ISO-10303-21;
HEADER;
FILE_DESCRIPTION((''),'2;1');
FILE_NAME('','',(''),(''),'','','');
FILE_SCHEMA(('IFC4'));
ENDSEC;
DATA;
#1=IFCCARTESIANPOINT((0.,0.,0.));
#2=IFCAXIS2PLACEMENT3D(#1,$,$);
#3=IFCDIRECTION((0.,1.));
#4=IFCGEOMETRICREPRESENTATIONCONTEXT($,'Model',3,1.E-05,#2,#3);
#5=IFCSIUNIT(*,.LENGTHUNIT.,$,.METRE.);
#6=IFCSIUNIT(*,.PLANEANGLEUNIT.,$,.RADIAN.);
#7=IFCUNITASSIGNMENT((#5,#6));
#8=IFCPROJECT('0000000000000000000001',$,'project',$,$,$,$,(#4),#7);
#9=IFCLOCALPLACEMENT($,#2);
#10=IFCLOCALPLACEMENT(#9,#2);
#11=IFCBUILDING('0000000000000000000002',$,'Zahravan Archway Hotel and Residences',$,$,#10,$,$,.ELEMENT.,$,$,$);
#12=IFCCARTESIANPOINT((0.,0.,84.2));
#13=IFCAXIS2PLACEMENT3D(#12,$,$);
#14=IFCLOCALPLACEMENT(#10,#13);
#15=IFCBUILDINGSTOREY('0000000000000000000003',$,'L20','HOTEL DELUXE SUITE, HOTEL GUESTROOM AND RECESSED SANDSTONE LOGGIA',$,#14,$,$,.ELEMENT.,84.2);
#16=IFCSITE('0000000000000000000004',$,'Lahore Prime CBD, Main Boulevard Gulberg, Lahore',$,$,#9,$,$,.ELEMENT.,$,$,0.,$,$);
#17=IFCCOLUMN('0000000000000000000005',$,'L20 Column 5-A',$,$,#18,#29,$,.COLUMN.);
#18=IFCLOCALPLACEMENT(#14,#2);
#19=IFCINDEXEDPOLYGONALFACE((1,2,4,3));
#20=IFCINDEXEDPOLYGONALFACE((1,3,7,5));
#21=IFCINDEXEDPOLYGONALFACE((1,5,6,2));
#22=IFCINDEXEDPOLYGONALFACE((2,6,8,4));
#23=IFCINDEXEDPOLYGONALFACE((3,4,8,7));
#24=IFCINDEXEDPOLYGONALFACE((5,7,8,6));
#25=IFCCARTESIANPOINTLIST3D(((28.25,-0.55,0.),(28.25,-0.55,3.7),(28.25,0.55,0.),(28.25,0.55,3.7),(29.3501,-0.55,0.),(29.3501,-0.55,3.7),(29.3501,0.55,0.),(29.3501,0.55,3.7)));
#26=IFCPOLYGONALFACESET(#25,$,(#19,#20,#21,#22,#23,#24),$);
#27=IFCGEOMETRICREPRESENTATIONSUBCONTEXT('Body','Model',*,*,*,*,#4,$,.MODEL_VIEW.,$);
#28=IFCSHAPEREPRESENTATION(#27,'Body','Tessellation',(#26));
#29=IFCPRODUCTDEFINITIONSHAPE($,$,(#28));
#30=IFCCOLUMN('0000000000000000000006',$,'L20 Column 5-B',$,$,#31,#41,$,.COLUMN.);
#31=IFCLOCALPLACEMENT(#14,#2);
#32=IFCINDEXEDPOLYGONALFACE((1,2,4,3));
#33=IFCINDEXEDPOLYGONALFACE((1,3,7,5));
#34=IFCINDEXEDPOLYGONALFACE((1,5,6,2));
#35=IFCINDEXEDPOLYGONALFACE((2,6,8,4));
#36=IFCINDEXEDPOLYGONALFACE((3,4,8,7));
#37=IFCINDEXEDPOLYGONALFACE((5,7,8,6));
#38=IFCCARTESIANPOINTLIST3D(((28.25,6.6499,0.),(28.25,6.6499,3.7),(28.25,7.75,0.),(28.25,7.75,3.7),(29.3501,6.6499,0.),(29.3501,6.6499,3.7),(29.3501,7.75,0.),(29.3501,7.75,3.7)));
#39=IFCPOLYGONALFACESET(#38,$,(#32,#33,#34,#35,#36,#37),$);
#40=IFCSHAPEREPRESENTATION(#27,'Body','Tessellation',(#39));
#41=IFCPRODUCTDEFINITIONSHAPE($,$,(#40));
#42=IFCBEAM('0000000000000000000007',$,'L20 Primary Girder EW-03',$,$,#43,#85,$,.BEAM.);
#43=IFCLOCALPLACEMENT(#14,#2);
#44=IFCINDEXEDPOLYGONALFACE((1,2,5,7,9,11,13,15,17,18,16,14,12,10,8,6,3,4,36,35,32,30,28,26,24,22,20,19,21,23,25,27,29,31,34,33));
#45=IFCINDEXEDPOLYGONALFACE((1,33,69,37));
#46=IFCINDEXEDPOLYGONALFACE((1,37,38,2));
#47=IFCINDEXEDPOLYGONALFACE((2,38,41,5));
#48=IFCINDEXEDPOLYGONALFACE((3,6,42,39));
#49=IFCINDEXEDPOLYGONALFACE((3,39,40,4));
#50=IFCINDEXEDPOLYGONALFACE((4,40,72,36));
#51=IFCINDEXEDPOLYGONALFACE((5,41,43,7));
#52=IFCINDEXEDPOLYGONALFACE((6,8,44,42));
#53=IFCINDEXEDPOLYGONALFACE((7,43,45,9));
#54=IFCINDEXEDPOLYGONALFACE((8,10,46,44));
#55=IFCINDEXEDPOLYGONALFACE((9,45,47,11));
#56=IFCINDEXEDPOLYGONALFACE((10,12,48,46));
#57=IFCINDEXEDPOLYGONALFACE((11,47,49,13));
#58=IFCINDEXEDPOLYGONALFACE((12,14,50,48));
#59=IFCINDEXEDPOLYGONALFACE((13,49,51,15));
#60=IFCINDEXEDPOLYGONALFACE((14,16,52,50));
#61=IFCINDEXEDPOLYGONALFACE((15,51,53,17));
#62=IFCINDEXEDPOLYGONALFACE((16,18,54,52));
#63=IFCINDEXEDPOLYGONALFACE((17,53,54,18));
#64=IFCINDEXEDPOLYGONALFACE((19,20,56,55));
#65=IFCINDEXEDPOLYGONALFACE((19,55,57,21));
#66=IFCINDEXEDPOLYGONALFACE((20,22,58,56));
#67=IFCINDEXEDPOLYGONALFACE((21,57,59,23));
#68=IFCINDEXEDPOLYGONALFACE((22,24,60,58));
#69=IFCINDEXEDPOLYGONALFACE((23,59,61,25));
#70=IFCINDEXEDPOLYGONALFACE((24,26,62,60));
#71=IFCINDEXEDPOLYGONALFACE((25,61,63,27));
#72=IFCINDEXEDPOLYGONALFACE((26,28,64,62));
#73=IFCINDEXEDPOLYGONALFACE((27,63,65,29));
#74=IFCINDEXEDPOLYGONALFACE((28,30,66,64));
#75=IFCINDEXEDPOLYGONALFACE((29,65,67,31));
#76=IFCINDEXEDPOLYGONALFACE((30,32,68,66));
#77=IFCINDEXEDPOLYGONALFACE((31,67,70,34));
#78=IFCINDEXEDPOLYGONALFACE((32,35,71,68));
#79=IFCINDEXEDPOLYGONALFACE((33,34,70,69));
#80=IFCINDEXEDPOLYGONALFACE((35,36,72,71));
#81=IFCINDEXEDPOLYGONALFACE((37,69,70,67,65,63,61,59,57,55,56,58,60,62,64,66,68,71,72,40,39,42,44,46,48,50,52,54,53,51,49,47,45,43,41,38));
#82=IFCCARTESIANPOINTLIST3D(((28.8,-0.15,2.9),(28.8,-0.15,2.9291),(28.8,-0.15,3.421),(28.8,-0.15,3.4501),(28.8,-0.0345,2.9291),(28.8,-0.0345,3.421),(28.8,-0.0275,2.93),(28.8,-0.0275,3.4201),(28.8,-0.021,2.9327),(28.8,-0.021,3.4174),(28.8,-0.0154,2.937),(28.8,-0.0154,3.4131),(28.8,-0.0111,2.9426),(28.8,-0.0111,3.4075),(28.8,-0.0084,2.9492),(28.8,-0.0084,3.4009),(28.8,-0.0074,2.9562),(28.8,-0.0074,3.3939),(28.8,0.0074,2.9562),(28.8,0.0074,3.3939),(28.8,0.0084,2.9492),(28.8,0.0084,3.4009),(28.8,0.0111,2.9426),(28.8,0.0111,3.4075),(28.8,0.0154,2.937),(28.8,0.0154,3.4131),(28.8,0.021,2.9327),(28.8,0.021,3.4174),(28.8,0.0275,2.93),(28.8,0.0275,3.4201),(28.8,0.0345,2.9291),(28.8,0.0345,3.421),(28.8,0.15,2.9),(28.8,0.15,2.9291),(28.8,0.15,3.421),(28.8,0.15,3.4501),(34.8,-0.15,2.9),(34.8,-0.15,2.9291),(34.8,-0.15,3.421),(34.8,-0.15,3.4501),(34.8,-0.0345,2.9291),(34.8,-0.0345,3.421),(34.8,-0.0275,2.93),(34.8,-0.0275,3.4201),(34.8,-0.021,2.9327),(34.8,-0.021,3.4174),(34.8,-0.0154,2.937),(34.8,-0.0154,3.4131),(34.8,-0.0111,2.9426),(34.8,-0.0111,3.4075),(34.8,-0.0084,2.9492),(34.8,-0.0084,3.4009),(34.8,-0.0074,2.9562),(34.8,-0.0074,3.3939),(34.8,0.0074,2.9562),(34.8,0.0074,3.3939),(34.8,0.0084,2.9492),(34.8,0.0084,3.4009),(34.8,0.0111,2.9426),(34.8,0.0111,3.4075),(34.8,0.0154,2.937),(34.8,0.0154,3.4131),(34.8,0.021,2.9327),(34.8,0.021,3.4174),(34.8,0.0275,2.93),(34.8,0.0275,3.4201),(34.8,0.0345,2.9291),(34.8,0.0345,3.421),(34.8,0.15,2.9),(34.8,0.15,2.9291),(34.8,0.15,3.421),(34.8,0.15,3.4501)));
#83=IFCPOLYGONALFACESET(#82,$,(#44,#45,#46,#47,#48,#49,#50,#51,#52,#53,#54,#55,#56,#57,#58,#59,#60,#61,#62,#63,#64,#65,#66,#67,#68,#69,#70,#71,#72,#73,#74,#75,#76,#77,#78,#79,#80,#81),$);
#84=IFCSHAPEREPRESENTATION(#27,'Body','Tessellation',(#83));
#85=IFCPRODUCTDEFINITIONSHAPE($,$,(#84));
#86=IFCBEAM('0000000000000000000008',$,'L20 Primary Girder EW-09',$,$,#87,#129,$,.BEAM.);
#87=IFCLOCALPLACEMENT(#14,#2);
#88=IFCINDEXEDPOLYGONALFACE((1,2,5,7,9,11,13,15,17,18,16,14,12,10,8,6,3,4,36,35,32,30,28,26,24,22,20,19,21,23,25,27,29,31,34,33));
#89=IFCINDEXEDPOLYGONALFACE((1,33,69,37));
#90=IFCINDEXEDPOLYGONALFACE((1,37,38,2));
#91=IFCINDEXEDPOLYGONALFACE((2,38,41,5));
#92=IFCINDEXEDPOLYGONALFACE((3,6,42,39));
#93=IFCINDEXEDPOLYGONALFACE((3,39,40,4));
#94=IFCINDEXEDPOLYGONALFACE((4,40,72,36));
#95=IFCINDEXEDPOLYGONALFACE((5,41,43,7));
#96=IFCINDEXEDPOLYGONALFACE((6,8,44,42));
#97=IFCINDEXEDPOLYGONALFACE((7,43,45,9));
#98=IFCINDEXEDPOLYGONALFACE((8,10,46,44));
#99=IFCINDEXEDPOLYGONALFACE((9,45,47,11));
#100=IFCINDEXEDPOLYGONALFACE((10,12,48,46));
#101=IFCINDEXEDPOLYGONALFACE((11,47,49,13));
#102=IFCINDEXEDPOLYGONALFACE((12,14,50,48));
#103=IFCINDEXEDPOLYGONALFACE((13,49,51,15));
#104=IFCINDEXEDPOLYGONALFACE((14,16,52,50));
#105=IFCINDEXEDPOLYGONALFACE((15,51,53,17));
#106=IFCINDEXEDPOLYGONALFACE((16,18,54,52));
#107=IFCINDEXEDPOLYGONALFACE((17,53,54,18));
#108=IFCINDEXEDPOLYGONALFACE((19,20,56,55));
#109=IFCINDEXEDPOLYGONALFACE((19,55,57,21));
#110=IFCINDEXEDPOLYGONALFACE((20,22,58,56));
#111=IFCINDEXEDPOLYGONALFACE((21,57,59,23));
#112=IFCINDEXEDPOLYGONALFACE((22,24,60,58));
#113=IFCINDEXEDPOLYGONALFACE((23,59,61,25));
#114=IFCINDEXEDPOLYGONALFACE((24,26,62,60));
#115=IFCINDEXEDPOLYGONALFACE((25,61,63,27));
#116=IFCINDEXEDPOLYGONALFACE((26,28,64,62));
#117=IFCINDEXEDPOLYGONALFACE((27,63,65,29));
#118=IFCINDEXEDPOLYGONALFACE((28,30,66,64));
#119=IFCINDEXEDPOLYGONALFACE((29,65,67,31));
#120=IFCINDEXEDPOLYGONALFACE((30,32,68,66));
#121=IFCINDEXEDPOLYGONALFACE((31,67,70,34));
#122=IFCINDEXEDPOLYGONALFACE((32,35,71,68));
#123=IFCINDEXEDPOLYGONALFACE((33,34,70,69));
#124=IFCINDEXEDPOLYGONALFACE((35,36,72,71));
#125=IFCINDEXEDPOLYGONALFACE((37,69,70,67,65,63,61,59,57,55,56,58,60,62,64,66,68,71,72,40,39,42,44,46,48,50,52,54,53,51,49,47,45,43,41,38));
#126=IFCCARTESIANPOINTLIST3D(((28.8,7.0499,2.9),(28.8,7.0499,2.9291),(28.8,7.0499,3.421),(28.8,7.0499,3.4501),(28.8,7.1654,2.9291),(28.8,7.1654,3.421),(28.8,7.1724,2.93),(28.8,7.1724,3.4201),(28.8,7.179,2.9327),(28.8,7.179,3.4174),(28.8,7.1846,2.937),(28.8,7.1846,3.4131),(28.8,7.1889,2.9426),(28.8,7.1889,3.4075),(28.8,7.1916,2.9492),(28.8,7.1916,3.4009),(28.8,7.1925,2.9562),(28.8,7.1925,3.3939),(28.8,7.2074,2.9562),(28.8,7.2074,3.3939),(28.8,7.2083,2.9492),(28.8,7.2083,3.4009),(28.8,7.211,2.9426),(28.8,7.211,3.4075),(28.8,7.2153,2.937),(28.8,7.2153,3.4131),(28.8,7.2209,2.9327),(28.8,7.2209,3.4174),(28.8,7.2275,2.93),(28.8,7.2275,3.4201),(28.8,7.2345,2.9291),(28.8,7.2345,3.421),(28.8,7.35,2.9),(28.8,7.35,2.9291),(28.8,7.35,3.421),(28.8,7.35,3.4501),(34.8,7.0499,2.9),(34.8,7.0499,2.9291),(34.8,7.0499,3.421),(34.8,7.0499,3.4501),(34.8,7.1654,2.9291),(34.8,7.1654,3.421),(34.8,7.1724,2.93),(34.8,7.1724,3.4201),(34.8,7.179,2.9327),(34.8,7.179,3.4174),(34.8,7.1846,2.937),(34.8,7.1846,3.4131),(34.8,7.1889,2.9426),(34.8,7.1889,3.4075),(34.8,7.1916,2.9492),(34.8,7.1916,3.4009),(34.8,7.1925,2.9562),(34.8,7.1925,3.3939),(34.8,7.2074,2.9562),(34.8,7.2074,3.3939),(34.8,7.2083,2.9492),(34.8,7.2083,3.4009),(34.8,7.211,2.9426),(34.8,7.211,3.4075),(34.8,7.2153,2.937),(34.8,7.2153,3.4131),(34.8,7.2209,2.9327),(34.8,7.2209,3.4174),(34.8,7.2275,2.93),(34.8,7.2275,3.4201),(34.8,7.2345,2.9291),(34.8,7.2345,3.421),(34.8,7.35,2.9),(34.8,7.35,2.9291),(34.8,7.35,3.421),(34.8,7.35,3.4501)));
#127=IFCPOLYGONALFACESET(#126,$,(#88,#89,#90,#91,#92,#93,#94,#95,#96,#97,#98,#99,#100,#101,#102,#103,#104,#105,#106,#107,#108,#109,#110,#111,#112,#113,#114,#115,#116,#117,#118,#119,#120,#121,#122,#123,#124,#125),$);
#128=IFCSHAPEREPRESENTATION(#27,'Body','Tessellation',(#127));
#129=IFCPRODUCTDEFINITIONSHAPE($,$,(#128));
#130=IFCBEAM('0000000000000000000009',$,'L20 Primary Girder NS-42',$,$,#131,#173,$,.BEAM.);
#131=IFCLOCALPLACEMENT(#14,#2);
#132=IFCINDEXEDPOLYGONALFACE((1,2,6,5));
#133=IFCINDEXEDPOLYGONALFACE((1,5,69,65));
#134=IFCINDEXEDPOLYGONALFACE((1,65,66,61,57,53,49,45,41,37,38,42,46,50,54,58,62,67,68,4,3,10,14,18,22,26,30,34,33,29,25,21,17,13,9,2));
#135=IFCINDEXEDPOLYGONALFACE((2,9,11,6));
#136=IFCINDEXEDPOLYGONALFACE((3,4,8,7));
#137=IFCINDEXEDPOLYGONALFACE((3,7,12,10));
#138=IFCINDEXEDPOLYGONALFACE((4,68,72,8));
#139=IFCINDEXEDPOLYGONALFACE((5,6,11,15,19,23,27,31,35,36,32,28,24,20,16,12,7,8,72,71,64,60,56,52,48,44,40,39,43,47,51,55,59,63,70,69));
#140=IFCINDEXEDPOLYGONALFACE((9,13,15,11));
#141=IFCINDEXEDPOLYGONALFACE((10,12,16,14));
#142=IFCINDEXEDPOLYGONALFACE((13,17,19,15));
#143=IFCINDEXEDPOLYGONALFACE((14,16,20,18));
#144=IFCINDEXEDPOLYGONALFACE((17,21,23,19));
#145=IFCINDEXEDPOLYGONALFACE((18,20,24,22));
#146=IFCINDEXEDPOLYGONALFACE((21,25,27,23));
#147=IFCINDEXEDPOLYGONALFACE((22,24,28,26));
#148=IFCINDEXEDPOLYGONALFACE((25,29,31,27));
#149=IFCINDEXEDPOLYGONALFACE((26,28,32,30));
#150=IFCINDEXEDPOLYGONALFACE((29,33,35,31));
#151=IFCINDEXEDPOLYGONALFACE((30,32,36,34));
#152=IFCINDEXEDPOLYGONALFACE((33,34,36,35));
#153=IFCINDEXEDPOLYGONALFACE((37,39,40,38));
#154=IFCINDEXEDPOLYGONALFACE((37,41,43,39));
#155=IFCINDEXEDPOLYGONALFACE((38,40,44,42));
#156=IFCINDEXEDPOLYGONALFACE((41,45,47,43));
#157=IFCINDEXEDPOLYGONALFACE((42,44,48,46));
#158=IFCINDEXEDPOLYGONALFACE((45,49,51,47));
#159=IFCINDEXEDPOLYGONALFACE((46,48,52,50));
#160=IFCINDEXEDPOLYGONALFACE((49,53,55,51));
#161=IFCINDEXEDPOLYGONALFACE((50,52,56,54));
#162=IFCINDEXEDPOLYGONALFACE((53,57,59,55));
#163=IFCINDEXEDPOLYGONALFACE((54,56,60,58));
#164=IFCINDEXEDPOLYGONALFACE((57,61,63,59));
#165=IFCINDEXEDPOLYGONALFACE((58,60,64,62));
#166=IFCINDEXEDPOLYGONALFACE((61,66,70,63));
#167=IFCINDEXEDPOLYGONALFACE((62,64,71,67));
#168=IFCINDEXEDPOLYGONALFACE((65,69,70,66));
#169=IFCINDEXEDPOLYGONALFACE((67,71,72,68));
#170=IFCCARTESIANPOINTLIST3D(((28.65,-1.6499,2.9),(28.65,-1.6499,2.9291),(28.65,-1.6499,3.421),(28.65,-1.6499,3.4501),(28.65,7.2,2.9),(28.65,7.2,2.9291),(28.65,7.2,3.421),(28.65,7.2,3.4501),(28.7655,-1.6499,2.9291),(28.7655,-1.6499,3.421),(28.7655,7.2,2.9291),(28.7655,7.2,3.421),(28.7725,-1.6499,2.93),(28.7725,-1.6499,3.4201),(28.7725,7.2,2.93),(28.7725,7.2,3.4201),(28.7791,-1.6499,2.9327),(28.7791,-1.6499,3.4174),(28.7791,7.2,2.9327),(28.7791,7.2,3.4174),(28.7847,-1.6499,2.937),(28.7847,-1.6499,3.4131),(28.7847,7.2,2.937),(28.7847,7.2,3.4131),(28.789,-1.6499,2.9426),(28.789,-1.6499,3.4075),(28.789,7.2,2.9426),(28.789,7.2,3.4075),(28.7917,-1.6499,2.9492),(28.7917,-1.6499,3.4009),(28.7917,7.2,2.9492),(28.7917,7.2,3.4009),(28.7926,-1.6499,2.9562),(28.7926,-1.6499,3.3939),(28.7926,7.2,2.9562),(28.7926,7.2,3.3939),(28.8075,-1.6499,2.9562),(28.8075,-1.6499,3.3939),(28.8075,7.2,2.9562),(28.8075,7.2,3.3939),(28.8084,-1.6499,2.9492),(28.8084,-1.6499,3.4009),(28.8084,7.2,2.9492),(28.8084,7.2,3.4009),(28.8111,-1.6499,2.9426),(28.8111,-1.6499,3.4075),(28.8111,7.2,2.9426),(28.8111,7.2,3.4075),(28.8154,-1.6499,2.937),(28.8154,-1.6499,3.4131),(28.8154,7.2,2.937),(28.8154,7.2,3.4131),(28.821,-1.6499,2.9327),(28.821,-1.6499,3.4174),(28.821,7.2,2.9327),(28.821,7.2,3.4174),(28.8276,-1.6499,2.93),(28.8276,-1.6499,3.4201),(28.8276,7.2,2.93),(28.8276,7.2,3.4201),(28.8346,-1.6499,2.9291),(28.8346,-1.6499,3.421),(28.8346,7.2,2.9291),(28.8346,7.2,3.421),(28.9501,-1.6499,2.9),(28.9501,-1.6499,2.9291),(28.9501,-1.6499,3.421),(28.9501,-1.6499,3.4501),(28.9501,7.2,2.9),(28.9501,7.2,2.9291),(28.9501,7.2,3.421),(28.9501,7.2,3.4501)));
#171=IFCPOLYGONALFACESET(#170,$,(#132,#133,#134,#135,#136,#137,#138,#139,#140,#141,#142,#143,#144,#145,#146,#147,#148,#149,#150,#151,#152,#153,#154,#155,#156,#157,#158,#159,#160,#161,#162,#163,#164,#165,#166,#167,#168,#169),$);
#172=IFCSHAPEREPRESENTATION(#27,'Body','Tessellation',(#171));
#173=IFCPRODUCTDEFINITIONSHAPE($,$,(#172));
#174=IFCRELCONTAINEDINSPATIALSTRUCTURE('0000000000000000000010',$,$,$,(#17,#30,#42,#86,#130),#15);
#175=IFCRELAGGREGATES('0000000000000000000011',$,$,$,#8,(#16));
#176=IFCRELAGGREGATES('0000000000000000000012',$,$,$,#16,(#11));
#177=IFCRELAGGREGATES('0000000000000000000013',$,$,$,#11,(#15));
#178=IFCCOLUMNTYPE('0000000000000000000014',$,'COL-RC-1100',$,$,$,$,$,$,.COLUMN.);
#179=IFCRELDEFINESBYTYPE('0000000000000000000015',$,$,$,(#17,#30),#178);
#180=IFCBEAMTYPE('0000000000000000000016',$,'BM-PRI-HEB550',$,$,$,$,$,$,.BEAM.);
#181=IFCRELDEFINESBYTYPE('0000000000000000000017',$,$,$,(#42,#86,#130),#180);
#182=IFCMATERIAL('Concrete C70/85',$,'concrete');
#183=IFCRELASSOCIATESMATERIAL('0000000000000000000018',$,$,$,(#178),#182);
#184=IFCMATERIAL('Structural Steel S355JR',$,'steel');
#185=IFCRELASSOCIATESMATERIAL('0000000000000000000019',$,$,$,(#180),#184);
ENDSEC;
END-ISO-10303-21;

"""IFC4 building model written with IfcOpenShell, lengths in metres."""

from ifc_helpers import new_model, si_unit, direction, frame, origin, origin_2d, place, context, subcontext, project, spatial, rectangle, i_section, extrude, source, transform, mapped, material, material_profile, profile_set, type_object, element, save


model = new_model("IFC4")

# Units and contexts
model_context = context("Model", 3, precision=1e-05, world=origin(), true_north=direction((0.0, 1.0)))
body_context = subcontext(model_context, "Body", "Model", "MODEL_VIEW")
ifc_project = project(units=[si_unit("LENGTHUNIT", "METRE"), si_unit("PLANEANGLEUNIT", "RADIAN")], contexts=[model_context])

# Site, building, storey
site_placement = place(None, origin())
site = spatial("IfcSite", under=ifc_project, at=site_placement, Name="Lahore Prime CBD, Main Boulevard Gulberg, Lahore", CompositionType="ELEMENT", RefElevation=0.0)
building_placement = place(site_placement, origin())
building = spatial("IfcBuilding", under=site, at=building_placement, Name="Zahravan Archway Hotel and Residences", CompositionType="ELEMENT")
storey_placement = place(building_placement, frame((0.0, 0.0, 84.2)))
storey = spatial("IfcBuildingStorey", under=building, at=storey_placement, Name="L20", Description="HOTEL DELUXE SUITE, HOTEL GUESTROOM AND RECESSED SANDSTONE LOGGIA", CompositionType="ELEMENT", Elevation=84.2)

# Columns
ifc_material_1 = material(Name="Concrete C70/85", Category="concrete")
ifc_material_profile_1 = material_profile(ifc_material_1, rectangle(XDim=1.1001, YDim=1.1001, at=origin_2d()), Name="RC 1100x1100", Category="concrete")
ifc_profile_set_1 = profile_set([ifc_material_profile_1], Name="Concrete C70/85")
column_type = type_object("IfcColumnType", Name="COL-RC-1100", PredefinedType="COLUMN", material=ifc_profile_set_1)
shared_shape_1 = source(origin(), body_context, "Body", "SweptSolid", [
    extrude(rectangle(XDim=1.1001, YDim=1.1001, at=origin_2d()), origin(), (0.0, 0.0, 1.0), 3.7),
])
for number, where, z_axis, x_axis, name in (
    (1, (28.8, 0.0, 0.0), (0.0, 0.0, 1.0), (1.0, 0.0, 0.0), "L20 Column 5-A"),
    (2, (28.8, 7.2, 0.0), (0.0, 0.0, 1.0), (1.0, 0.0, 0.0), "L20 Column 5-B"),
):
    element("IfcColumn", number, at=place(storey_placement, frame(where, z_axis=z_axis, x_axis=x_axis)), inside=storey, type_object=column_type, Name=name, PredefinedType="COLUMN", context=body_context, shape_type="MappedRepresentation", body=[
        mapped(shared_shape_1, transform((0.0, 0.0, 0.0), scale=1.0)),
    ])

# Beams
ifc_material_2 = material(Name="Structural Steel S355JR", Category="steel")
ifc_material_profile_2 = material_profile(ifc_material_2, i_section(OverallWidth=0.3, OverallDepth=0.55, WebThickness=0.0149, FlangeThickness=0.0291, FilletRadius=0.0271, at=origin_2d()), Name="HEB 550", Category="steel")
ifc_profile_set_2 = profile_set([ifc_material_profile_2], Name="Structural Steel S355JR")
beam_type_1 = type_object("IfcBeamType", Name="BM-PRI-HEB550", PredefinedType="BEAM", material=ifc_profile_set_2)
shared_shape_2 = source(origin(), body_context, "Body", "SweptSolid", [
    extrude(i_section(OverallWidth=0.3, OverallDepth=0.55, WebThickness=0.0149, FlangeThickness=0.0291, FilletRadius=0.0271, at=origin_2d()), origin(), (0.0, 0.0, 1.0), 6.0),
])
for number, where, z_axis, x_axis, name in (
    (3, (28.8, 0.0, 3.175), (1.0, 0.0, 0.0), (0.0, 1.0, 0.0), "L20 Primary Girder EW-03"),
    (4, (28.8, 7.2, 3.175), (1.0, 0.0, 0.0), (0.0, 1.0, 0.0), "L20 Primary Girder EW-09"),
):
    element("IfcBeam", number, at=place(storey_placement, frame(where, z_axis=z_axis, x_axis=x_axis)), inside=storey, type_object=beam_type_1, Name=name, PredefinedType="BEAM", context=body_context, shape_type="MappedRepresentation", body=[
        mapped(shared_shape_2, transform((0.0, 0.0, 0.0), scale=1.0)),
    ])
shared_shape_3 = source(origin(), body_context, "Body", "SweptSolid", [
    extrude(i_section(OverallWidth=0.3, OverallDepth=0.55, WebThickness=0.0149, FlangeThickness=0.0291, FilletRadius=0.0271, at=origin_2d()), origin(), (0.0, 0.0, 1.0), 8.8499),
])
beam_placement = place(storey_placement, frame((28.8, -1.6499, 3.175), z_axis=(0.0, 1.0, 0.0), x_axis=(-1.0, 0.0, 0.0)))
element("IfcBeam", 5, at=beam_placement, inside=storey, type_object=beam_type_1, Name="L20 Primary Girder NS-42", PredefinedType="BEAM", context=body_context, shape_type="MappedRepresentation", body=[
    mapped(shared_shape_3, transform((0.0, 0.0, 0.0), scale=1.0)),
])

save(model, "model.ifc")
